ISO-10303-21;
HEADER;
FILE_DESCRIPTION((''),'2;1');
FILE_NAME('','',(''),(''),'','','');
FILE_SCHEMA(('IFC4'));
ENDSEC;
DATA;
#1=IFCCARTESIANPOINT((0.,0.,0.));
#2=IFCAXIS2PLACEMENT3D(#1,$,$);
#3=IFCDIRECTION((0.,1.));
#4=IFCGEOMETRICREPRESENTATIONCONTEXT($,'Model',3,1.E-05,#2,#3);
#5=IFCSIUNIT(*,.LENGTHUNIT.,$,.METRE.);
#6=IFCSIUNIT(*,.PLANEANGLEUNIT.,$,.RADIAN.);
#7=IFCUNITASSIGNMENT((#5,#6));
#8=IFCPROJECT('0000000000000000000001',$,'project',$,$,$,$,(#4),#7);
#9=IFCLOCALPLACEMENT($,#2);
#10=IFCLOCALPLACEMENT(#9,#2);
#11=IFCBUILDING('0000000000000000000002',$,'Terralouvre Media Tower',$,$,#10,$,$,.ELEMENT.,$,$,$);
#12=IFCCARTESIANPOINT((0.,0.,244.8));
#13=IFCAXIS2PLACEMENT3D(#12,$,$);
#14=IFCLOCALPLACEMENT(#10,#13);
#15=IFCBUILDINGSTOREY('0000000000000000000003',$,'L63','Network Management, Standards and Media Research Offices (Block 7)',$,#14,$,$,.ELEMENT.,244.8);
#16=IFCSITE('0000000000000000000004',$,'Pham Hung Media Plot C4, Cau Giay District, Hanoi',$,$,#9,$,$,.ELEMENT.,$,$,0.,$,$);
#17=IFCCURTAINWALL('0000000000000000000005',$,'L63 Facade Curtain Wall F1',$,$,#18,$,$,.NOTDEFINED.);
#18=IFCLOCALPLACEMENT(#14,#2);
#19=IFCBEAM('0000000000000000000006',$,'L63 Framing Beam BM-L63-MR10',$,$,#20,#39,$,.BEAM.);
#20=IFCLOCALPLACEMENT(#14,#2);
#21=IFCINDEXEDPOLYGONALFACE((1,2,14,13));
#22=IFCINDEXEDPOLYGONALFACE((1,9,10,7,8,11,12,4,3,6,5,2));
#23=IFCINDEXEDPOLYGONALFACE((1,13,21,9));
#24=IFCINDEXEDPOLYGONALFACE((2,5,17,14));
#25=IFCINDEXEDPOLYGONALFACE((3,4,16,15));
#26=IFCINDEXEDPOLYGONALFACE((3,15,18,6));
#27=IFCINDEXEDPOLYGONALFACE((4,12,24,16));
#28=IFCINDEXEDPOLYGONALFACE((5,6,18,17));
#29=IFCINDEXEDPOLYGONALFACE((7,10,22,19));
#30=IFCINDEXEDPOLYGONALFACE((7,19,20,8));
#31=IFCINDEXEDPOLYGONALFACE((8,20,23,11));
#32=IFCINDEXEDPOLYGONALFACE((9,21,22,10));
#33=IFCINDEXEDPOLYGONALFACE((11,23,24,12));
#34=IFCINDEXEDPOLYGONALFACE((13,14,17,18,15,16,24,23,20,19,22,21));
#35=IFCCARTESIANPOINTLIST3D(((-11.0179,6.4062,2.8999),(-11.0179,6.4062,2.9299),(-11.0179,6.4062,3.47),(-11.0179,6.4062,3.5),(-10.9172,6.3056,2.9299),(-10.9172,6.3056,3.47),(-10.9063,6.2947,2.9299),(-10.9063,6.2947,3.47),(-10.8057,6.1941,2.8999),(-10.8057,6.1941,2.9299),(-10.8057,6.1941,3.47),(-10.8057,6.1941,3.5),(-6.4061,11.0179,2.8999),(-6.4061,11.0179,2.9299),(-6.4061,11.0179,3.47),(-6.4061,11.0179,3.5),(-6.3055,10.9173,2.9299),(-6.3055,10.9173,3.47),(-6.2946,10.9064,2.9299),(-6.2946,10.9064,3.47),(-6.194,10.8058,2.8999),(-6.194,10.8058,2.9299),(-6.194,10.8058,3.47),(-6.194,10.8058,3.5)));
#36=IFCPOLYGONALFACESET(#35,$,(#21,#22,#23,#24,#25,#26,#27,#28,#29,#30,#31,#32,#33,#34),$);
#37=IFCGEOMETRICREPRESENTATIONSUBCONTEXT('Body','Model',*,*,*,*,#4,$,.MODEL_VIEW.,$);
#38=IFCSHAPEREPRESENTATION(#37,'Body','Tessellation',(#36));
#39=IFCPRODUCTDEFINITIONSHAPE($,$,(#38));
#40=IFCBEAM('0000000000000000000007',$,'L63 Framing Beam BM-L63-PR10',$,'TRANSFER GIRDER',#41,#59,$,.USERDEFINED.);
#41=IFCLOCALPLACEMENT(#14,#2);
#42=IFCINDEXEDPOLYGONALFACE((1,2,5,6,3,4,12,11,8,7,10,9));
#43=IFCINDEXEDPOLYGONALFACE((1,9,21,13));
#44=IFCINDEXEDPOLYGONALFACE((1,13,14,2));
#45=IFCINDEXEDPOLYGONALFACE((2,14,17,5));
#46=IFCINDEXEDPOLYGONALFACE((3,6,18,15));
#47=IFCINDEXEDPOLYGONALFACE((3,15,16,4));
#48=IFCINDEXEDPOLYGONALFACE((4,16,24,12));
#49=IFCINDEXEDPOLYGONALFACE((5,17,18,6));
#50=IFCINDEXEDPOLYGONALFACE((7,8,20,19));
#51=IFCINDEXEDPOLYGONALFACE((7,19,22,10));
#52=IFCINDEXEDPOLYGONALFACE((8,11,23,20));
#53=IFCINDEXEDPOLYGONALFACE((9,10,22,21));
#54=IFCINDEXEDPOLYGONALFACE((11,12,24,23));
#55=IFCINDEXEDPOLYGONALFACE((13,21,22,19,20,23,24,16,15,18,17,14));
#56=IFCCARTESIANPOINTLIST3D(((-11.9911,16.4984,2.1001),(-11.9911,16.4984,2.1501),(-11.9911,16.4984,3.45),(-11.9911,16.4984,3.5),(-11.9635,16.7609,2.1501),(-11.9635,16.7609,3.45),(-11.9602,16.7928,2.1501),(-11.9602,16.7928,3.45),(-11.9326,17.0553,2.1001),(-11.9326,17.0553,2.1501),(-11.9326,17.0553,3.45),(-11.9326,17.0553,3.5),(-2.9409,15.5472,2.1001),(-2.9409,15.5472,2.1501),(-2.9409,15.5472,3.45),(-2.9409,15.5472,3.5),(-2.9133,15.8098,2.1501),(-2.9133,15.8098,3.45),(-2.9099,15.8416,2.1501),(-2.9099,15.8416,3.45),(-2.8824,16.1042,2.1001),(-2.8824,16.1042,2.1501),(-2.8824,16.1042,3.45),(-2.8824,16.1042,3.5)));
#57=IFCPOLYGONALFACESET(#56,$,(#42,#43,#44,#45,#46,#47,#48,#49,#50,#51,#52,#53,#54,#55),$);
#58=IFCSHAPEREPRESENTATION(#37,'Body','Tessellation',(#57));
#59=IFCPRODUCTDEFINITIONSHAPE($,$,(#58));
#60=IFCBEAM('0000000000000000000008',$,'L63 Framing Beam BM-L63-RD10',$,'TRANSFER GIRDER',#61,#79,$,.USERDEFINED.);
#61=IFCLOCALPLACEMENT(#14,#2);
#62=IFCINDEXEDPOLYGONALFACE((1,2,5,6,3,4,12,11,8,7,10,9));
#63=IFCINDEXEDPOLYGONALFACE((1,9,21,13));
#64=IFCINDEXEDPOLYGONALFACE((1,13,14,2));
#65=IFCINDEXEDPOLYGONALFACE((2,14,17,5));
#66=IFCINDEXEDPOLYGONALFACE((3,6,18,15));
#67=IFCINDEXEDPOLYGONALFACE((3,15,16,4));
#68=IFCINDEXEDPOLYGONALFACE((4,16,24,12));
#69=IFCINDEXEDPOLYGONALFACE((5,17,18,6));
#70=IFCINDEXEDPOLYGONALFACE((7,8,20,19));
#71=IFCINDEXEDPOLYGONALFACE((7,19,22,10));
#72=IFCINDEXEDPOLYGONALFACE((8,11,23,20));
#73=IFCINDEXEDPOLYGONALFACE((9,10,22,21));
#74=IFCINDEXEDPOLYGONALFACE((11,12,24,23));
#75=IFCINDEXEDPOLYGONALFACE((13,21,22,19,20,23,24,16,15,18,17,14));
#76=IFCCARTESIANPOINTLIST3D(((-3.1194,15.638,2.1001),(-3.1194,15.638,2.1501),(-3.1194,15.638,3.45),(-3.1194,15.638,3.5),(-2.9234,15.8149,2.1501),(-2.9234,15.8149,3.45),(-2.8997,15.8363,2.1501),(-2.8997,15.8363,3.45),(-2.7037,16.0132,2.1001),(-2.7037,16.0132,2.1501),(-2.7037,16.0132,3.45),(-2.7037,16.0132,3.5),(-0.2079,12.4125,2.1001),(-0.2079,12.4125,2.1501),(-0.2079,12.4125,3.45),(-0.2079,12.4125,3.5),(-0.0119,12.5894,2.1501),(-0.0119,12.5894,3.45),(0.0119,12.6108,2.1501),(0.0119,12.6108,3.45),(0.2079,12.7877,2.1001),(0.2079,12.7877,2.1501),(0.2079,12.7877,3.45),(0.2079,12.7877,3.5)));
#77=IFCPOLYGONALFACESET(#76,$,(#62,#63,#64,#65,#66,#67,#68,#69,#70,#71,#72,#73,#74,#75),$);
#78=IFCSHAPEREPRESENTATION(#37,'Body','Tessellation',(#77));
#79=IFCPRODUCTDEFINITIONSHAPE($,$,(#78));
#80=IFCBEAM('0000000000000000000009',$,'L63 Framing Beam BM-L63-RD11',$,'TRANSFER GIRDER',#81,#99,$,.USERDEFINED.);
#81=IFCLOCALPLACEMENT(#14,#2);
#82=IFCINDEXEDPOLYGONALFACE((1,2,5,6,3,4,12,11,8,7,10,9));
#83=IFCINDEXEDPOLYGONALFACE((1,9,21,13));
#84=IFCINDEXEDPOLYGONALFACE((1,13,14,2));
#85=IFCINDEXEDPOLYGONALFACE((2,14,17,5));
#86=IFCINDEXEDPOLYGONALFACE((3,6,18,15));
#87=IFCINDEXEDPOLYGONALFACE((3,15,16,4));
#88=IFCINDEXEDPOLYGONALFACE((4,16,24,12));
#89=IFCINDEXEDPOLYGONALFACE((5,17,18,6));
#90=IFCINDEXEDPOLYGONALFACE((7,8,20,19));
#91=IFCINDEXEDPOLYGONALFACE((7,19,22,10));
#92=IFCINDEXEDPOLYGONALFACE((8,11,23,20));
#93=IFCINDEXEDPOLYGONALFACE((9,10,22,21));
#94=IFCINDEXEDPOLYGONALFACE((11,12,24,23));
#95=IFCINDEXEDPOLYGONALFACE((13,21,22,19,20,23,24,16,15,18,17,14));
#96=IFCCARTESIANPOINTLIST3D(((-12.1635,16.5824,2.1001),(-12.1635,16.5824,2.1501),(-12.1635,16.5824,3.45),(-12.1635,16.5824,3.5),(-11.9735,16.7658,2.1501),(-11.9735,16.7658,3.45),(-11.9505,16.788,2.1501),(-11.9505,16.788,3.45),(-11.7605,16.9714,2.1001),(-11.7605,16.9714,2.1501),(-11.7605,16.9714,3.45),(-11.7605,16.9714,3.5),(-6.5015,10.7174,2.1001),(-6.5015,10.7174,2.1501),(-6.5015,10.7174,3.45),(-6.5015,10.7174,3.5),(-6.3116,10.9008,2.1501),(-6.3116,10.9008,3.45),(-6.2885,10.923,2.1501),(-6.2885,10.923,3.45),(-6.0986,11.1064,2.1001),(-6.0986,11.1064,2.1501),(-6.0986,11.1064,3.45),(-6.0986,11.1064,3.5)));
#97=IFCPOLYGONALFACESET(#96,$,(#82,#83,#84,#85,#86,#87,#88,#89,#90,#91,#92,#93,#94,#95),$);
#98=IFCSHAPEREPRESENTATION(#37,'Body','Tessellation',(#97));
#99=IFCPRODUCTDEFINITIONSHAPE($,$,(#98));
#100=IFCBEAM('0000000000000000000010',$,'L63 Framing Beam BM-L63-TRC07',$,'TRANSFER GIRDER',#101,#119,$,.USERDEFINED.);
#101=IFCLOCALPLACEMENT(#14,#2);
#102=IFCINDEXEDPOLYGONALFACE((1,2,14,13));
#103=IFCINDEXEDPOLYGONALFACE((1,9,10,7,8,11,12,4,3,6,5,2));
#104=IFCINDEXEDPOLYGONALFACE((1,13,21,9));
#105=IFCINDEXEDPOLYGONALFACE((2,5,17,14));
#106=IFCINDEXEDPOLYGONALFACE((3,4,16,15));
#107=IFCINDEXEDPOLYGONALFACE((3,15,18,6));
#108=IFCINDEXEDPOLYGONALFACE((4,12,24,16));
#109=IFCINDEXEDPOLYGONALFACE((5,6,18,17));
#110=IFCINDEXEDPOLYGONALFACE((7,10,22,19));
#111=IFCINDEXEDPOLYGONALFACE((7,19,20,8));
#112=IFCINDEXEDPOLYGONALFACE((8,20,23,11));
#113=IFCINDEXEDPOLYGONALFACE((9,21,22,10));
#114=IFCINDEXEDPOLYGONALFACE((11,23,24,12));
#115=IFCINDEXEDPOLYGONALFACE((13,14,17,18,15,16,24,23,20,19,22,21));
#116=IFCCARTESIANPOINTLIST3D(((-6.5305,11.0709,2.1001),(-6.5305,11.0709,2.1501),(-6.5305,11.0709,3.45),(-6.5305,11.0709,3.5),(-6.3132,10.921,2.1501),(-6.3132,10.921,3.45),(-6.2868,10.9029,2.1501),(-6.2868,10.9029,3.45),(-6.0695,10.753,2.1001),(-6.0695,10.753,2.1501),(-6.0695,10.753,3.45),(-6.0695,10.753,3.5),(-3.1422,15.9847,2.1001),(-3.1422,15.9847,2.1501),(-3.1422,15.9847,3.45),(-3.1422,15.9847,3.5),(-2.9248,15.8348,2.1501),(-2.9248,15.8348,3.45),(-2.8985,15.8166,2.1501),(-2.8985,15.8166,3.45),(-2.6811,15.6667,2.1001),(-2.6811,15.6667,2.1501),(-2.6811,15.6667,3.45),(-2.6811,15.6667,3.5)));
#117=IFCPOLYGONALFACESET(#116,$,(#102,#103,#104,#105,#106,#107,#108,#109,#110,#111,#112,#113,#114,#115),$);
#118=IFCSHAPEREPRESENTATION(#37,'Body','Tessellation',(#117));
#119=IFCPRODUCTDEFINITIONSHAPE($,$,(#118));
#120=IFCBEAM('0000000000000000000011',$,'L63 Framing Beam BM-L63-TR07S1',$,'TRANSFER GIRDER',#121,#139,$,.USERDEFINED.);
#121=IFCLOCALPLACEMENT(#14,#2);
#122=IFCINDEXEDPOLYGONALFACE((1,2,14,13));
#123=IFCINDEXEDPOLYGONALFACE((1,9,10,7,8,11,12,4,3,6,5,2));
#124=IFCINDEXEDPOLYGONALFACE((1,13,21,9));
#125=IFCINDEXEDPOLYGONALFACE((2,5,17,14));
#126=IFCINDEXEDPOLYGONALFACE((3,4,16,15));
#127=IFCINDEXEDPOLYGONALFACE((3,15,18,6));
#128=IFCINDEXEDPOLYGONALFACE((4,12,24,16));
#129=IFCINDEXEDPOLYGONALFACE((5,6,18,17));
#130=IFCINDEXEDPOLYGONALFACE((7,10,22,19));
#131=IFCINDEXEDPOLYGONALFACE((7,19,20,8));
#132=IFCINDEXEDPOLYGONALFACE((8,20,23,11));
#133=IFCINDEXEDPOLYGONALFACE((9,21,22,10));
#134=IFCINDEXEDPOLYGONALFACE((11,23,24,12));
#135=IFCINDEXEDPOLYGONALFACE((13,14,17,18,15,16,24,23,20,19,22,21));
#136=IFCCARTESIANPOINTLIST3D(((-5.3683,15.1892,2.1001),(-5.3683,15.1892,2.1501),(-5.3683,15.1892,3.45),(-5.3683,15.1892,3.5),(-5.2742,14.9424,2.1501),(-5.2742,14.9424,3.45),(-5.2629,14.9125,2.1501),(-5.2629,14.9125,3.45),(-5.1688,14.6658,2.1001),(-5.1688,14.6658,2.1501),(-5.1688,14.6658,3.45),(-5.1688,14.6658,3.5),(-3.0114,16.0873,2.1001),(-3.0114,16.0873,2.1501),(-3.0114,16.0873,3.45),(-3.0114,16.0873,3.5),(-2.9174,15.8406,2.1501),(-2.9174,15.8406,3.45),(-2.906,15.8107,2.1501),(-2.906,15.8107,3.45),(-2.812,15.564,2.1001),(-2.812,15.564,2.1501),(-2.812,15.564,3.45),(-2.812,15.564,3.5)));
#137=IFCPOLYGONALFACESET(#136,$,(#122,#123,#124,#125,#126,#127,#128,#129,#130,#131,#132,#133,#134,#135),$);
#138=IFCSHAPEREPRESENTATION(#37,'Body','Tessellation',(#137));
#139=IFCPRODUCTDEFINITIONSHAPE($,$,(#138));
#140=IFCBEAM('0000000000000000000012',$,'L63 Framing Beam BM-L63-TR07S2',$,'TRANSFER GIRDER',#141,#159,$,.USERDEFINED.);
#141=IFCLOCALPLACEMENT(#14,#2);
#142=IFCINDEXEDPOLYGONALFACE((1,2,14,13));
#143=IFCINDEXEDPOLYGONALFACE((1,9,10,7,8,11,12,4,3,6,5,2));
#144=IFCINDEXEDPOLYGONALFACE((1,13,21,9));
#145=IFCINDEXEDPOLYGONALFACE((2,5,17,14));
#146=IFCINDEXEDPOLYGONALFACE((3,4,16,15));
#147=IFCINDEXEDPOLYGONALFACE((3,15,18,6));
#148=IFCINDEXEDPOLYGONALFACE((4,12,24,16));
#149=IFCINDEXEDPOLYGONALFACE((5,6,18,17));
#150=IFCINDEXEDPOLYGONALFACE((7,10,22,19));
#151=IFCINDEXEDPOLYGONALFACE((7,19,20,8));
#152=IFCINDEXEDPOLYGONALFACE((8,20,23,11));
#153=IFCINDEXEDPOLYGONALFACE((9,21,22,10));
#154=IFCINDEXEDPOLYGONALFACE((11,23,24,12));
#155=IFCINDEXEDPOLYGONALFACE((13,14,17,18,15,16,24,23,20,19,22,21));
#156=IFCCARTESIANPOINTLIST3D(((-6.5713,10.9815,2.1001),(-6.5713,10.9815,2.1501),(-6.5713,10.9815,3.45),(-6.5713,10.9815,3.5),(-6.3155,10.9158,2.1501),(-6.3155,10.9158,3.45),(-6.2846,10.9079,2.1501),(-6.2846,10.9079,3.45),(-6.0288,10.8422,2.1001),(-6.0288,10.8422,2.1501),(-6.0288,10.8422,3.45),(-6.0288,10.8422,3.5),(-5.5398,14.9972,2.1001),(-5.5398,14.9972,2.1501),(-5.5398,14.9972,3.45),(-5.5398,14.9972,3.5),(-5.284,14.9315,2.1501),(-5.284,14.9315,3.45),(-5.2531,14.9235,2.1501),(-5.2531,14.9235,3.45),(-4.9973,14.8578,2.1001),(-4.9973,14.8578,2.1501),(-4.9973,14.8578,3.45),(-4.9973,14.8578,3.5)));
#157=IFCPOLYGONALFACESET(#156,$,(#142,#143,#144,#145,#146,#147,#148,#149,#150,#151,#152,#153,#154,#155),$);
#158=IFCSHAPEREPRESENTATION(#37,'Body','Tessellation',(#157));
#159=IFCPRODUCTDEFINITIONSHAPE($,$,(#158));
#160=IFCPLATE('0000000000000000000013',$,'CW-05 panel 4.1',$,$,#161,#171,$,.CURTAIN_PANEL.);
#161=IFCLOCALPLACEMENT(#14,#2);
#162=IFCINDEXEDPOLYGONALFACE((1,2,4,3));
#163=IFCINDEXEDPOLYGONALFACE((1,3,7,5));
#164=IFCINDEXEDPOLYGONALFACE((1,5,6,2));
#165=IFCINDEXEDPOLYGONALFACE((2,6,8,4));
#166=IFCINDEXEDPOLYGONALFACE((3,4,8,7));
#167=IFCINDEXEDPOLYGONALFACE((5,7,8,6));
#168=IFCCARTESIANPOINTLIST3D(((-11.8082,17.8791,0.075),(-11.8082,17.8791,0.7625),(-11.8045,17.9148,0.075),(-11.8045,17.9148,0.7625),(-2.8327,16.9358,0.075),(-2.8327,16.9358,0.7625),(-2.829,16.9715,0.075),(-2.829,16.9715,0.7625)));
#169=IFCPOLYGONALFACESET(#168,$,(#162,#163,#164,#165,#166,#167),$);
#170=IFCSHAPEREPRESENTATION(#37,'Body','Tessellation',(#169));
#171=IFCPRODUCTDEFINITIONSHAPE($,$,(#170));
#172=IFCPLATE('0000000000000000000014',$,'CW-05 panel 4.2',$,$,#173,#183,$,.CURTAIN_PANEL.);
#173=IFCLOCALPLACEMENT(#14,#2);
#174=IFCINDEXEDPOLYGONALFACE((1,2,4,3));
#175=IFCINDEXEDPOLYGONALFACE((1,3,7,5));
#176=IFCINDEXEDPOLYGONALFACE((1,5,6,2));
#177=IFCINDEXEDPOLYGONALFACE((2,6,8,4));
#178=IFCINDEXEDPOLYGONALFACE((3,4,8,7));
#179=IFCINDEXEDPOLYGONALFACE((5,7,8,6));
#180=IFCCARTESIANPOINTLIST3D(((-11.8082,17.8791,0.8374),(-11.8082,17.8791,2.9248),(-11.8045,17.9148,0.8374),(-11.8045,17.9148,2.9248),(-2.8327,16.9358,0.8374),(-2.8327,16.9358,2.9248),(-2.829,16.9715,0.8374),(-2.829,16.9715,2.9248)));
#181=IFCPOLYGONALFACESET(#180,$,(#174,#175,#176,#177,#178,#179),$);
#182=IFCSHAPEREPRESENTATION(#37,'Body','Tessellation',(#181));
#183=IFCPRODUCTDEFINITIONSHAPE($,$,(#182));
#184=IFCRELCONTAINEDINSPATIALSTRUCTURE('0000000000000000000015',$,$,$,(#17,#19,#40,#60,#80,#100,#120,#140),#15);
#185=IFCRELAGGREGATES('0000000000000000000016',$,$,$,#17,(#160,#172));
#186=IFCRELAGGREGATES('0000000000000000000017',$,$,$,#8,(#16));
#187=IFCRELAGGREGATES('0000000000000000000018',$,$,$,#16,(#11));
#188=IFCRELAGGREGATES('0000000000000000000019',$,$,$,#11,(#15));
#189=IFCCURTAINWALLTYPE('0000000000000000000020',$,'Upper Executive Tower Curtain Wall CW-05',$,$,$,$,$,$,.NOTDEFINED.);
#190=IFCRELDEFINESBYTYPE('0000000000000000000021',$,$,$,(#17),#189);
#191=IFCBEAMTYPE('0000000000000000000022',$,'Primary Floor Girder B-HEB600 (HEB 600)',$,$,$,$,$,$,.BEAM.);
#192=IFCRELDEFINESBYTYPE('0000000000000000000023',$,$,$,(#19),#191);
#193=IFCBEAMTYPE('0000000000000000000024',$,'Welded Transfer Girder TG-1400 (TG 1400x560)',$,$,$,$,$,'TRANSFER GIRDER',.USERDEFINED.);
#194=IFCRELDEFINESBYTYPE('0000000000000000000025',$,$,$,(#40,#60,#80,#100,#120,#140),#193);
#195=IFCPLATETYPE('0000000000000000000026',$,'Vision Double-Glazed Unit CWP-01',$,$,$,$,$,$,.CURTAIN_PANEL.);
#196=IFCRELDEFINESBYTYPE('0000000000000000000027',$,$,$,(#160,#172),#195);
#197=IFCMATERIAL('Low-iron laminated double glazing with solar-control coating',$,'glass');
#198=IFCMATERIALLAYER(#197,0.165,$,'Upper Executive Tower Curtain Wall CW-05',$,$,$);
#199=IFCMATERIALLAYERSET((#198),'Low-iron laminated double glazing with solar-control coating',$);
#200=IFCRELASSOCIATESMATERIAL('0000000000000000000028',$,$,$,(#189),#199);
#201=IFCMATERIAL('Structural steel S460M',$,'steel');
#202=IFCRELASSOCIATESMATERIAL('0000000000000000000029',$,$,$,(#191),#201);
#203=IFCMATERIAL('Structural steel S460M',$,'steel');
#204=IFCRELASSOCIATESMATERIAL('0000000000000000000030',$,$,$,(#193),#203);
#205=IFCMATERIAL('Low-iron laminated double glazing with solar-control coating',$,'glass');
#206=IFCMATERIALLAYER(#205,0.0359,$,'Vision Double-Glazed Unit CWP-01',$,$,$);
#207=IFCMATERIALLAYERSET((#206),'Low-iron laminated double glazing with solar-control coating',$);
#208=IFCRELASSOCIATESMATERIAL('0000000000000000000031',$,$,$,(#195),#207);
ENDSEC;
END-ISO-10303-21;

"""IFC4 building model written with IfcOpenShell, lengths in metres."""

from ifc_helpers import new_model, si_unit, direction, frame, origin, origin_2d, place, context, subcontext, project, spatial, rectangle, i_section, extrude, material, layer, layer_set, material_profile, profile_set, type_object, element, aggregate, save


model = new_model("IFC4")

# Units and contexts
model_context = context("Model", 3, precision=1e-05, world=origin(), true_north=direction((0.0, 1.0)))
body_context = subcontext(model_context, "Body", "Model", "MODEL_VIEW")
ifc_project = project(units=[si_unit("LENGTHUNIT", "METRE"), si_unit("PLANEANGLEUNIT", "RADIAN")], contexts=[model_context])

# Site, building, storey
site_placement = place(None, origin())
site = spatial("IfcSite", under=ifc_project, at=site_placement, Name="Pham Hung Media Plot C4, Cau Giay District, Hanoi", CompositionType="ELEMENT", RefElevation=0.0)
building_placement = place(site_placement, origin())
building = spatial("IfcBuilding", under=site, at=building_placement, Name="Terralouvre Media Tower", CompositionType="ELEMENT")
storey_placement = place(building_placement, frame((0.0, 0.0, 244.8)))
storey = spatial("IfcBuildingStorey", under=building, at=storey_placement, Name="L63", Description="Network Management, Standards and Media Research Offices (Block 7)", CompositionType="ELEMENT", Elevation=244.8)

# Curtain wall
ifc_material_1 = material(Name="Low-iron laminated double glazing with solar-control coating", Category="glass")
ifc_layer_1 = layer(ifc_material_1, 0.165, Name="Upper Executive Tower Curtain Wall CW-05")
ifc_layer_set_1 = layer_set([ifc_layer_1], Name="Low-iron laminated double glazing with solar-control coating")
curtain_wall_type = type_object("IfcCurtainWallType", Name="Upper Executive Tower Curtain Wall CW-05", PredefinedType="NOTDEFINED", material=ifc_layer_set_1)
curtain_wall_placement = place(storey_placement, origin())
curtain_wall = element("IfcCurtainWall", 1, at=curtain_wall_placement, inside=storey, type_object=curtain_wall_type, Name="L63 Facade Curtain Wall F1", PredefinedType="NOTDEFINED")

# Beams
ifc_material_2 = material(Name="Structural steel S460M", Category="steel")
ifc_material_profile_1 = material_profile(ifc_material_2, i_section(OverallWidth=0.3, OverallDepth=0.6001, WebThickness=0.0154, FlangeThickness=0.03, at=origin_2d()), Name="HEB 600")
ifc_profile_set_1 = profile_set([ifc_material_profile_1], Name="Structural steel S460M")
beam_type_1 = type_object("IfcBeamType", Name="Primary Floor Girder B-HEB600 (HEB 600)", PredefinedType="BEAM", material=ifc_profile_set_1)
beam_1_placement = place(storey_placement, frame((-6.3, 10.9119, 3.2), z_axis=(-0.707107, -0.707107, 0.0), x_axis=(0.707107, -0.707107, 0.0)))
element("IfcBeam", 2, at=beam_1_placement, inside=storey, type_object=beam_type_1, Name="L63 Framing Beam BM-L63-MR10", PredefinedType="BEAM", context=body_context, shape_type="SweptSolid", body=[
    extrude(i_section(OverallWidth=0.3, OverallDepth=0.6001, WebThickness=0.0154, FlangeThickness=0.03, at=origin_2d()), origin(), (0.0, 0.0, 1.0), 6.522),
])
ifc_material_3 = material(Name="Structural steel S460M", Category="steel")
ifc_material_profile_2 = material_profile(ifc_material_3, i_section(OverallWidth=0.5601, OverallDepth=1.3999, WebThickness=0.032, FlangeThickness=0.05, at=origin_2d()), Name="TG 1400x560")
ifc_profile_set_2 = profile_set([ifc_material_profile_2], Name="Structural steel S460M")
beam_type_2 = type_object("IfcBeamType", Name="Welded Transfer Girder TG-1400 (TG 1400x560)", ElementType="TRANSFER GIRDER", PredefinedType="USERDEFINED", material=ifc_profile_set_2)
beam_2_placement = place(storey_placement, frame((-2.9116, 15.8257, 2.8), z_axis=(-0.994522, 0.104523, 0.0), x_axis=(-0.104523, -0.994522, 0.0)))
element("IfcBeam", 3, at=beam_2_placement, inside=storey, type_object=beam_type_2, Name="L63 Framing Beam BM-L63-PR10", ObjectType="TRANSFER GIRDER", PredefinedType="USERDEFINED", context=body_context, shape_type="SweptSolid", body=[
    extrude(i_section(OverallWidth=0.5601, OverallDepth=1.3999, WebThickness=0.032, FlangeThickness=0.05, at=origin_2d()), origin(), (0.0, 0.0, 1.0), 9.1001),
])
beam_3_placement = place(storey_placement, frame((0.0, 12.6001, 2.8), z_axis=(-0.670057, 0.74231, 0.0), x_axis=(-0.74231, -0.670057, 0.0)))
element("IfcBeam", 4, at=beam_3_placement, inside=storey, type_object=beam_type_2, Name="L63 Framing Beam BM-L63-RD10", ObjectType="TRANSFER GIRDER", PredefinedType="USERDEFINED", context=body_context, shape_type="SweptSolid", body=[
    extrude(i_section(OverallWidth=0.5601, OverallDepth=1.3999, WebThickness=0.032, FlangeThickness=0.05, at=origin_2d()), origin(), (0.0, 0.0, 1.0), 4.3452),
])
beam_4_placement = place(storey_placement, frame((-6.3, 10.9119, 2.8), z_axis=(-0.694538, 0.719456, 0.0), x_axis=(-0.719456, -0.694538, 0.0)))
element("IfcBeam", 5, at=beam_4_placement, inside=storey, type_object=beam_type_2, Name="L63 Framing Beam BM-L63-RD11", ObjectType="TRANSFER GIRDER", PredefinedType="USERDEFINED", context=body_context, shape_type="SweptSolid", body=[
    extrude(i_section(OverallWidth=0.5601, OverallDepth=1.3999, WebThickness=0.032, FlangeThickness=0.05, at=origin_2d()), origin(), (0.0, 0.0, 1.0), 8.1521),
])
beam_5_placement = place(storey_placement, frame((-2.9116, 15.8257, 2.8), z_axis=(-0.567686, -0.823245, 0.0), x_axis=(0.823245, -0.567686, 0.0)))
element("IfcBeam", 6, at=beam_5_placement, inside=storey, type_object=beam_type_2, Name="L63 Framing Beam BM-L63-TRC07", ObjectType="TRANSFER GIRDER", PredefinedType="USERDEFINED", context=body_context, shape_type="SweptSolid", body=[
    extrude(i_section(OverallWidth=0.5601, OverallDepth=1.3999, WebThickness=0.032, FlangeThickness=0.05, at=origin_2d()), origin(), (0.0, 0.0, 1.0), 5.9688),
])
beam_6_placement = place(storey_placement, frame((-5.2686, 14.9275, 2.8), z_axis=(0.934446, 0.356104, 0.0), x_axis=(-0.356104, 0.934446, 0.0)))
element("IfcBeam", 7, at=beam_6_placement, inside=storey, type_object=beam_type_2, Name="L63 Framing Beam BM-L63-TR07S1", ObjectType="TRANSFER GIRDER", PredefinedType="USERDEFINED", context=body_context, shape_type="SweptSolid", body=[
    extrude(i_section(OverallWidth=0.5601, OverallDepth=1.3999, WebThickness=0.032, FlangeThickness=0.05, at=origin_2d()), origin(), (0.0, 0.0, 1.0), 2.5222),
])
beam_7_placement = place(storey_placement, frame((-5.2686, 14.9275, 2.8), z_axis=(-0.248793, -0.968557, 0.0), x_axis=(0.968557, -0.248793, 0.0)))
element("IfcBeam", 8, at=beam_7_placement, inside=storey, type_object=beam_type_2, Name="L63 Framing Beam BM-L63-TR07S2", ObjectType="TRANSFER GIRDER", PredefinedType="USERDEFINED", context=body_context, shape_type="SweptSolid", body=[
    extrude(i_section(OverallWidth=0.5601, OverallDepth=1.3999, WebThickness=0.032, FlangeThickness=0.05, at=origin_2d()), origin(), (0.0, 0.0, 1.0), 4.146),
])

# Plates
ifc_material_4 = material(Name="Low-iron laminated double glazing with solar-control coating", Category="glass")
ifc_layer_2 = layer(ifc_material_4, 0.0359, Name="Vision Double-Glazed Unit CWP-01")
ifc_layer_set_2 = layer_set([ifc_layer_2], Name="Low-iron laminated double glazing with solar-control coating")
plate_type = type_object("IfcPlateType", Name="Vision Double-Glazed Unit CWP-01", PredefinedType="CURTAIN_PANEL", material=ifc_layer_set_2)
plate_1_placement = place(storey_placement, frame((-7.3186, 17.4253, 0.075), z_axis=(0.0, 0.0, 1.0), x_axis=(-0.994522, 0.104529, 0.0)))
plate_1 = element("IfcPlate", 9, at=plate_1_placement, type_object=plate_type, Name="CW-05 panel 4.1", PredefinedType="CURTAIN_PANEL", context=body_context, shape_type="SweptSolid", body=[
    extrude(rectangle(XDim=9.0249, YDim=0.0359, at=origin_2d()), origin(), (0.0, 0.0, 1.0), 0.6875),
])
plate_2_placement = place(storey_placement, frame((-7.3186, 17.4253, 0.8374), z_axis=(0.0, 0.0, 1.0), x_axis=(-0.994522, 0.104529, 0.0)))
plate_2 = element("IfcPlate", 10, at=plate_2_placement, type_object=plate_type, Name="CW-05 panel 4.2", PredefinedType="CURTAIN_PANEL", context=body_context, shape_type="SweptSolid", body=[
    extrude(rectangle(XDim=9.0249, YDim=0.0359, at=origin_2d()), origin(), (0.0, 0.0, 1.0), 2.0874),
])
aggregate(curtain_wall, [plate_1, plate_2])

save(model, "model.ifc")
